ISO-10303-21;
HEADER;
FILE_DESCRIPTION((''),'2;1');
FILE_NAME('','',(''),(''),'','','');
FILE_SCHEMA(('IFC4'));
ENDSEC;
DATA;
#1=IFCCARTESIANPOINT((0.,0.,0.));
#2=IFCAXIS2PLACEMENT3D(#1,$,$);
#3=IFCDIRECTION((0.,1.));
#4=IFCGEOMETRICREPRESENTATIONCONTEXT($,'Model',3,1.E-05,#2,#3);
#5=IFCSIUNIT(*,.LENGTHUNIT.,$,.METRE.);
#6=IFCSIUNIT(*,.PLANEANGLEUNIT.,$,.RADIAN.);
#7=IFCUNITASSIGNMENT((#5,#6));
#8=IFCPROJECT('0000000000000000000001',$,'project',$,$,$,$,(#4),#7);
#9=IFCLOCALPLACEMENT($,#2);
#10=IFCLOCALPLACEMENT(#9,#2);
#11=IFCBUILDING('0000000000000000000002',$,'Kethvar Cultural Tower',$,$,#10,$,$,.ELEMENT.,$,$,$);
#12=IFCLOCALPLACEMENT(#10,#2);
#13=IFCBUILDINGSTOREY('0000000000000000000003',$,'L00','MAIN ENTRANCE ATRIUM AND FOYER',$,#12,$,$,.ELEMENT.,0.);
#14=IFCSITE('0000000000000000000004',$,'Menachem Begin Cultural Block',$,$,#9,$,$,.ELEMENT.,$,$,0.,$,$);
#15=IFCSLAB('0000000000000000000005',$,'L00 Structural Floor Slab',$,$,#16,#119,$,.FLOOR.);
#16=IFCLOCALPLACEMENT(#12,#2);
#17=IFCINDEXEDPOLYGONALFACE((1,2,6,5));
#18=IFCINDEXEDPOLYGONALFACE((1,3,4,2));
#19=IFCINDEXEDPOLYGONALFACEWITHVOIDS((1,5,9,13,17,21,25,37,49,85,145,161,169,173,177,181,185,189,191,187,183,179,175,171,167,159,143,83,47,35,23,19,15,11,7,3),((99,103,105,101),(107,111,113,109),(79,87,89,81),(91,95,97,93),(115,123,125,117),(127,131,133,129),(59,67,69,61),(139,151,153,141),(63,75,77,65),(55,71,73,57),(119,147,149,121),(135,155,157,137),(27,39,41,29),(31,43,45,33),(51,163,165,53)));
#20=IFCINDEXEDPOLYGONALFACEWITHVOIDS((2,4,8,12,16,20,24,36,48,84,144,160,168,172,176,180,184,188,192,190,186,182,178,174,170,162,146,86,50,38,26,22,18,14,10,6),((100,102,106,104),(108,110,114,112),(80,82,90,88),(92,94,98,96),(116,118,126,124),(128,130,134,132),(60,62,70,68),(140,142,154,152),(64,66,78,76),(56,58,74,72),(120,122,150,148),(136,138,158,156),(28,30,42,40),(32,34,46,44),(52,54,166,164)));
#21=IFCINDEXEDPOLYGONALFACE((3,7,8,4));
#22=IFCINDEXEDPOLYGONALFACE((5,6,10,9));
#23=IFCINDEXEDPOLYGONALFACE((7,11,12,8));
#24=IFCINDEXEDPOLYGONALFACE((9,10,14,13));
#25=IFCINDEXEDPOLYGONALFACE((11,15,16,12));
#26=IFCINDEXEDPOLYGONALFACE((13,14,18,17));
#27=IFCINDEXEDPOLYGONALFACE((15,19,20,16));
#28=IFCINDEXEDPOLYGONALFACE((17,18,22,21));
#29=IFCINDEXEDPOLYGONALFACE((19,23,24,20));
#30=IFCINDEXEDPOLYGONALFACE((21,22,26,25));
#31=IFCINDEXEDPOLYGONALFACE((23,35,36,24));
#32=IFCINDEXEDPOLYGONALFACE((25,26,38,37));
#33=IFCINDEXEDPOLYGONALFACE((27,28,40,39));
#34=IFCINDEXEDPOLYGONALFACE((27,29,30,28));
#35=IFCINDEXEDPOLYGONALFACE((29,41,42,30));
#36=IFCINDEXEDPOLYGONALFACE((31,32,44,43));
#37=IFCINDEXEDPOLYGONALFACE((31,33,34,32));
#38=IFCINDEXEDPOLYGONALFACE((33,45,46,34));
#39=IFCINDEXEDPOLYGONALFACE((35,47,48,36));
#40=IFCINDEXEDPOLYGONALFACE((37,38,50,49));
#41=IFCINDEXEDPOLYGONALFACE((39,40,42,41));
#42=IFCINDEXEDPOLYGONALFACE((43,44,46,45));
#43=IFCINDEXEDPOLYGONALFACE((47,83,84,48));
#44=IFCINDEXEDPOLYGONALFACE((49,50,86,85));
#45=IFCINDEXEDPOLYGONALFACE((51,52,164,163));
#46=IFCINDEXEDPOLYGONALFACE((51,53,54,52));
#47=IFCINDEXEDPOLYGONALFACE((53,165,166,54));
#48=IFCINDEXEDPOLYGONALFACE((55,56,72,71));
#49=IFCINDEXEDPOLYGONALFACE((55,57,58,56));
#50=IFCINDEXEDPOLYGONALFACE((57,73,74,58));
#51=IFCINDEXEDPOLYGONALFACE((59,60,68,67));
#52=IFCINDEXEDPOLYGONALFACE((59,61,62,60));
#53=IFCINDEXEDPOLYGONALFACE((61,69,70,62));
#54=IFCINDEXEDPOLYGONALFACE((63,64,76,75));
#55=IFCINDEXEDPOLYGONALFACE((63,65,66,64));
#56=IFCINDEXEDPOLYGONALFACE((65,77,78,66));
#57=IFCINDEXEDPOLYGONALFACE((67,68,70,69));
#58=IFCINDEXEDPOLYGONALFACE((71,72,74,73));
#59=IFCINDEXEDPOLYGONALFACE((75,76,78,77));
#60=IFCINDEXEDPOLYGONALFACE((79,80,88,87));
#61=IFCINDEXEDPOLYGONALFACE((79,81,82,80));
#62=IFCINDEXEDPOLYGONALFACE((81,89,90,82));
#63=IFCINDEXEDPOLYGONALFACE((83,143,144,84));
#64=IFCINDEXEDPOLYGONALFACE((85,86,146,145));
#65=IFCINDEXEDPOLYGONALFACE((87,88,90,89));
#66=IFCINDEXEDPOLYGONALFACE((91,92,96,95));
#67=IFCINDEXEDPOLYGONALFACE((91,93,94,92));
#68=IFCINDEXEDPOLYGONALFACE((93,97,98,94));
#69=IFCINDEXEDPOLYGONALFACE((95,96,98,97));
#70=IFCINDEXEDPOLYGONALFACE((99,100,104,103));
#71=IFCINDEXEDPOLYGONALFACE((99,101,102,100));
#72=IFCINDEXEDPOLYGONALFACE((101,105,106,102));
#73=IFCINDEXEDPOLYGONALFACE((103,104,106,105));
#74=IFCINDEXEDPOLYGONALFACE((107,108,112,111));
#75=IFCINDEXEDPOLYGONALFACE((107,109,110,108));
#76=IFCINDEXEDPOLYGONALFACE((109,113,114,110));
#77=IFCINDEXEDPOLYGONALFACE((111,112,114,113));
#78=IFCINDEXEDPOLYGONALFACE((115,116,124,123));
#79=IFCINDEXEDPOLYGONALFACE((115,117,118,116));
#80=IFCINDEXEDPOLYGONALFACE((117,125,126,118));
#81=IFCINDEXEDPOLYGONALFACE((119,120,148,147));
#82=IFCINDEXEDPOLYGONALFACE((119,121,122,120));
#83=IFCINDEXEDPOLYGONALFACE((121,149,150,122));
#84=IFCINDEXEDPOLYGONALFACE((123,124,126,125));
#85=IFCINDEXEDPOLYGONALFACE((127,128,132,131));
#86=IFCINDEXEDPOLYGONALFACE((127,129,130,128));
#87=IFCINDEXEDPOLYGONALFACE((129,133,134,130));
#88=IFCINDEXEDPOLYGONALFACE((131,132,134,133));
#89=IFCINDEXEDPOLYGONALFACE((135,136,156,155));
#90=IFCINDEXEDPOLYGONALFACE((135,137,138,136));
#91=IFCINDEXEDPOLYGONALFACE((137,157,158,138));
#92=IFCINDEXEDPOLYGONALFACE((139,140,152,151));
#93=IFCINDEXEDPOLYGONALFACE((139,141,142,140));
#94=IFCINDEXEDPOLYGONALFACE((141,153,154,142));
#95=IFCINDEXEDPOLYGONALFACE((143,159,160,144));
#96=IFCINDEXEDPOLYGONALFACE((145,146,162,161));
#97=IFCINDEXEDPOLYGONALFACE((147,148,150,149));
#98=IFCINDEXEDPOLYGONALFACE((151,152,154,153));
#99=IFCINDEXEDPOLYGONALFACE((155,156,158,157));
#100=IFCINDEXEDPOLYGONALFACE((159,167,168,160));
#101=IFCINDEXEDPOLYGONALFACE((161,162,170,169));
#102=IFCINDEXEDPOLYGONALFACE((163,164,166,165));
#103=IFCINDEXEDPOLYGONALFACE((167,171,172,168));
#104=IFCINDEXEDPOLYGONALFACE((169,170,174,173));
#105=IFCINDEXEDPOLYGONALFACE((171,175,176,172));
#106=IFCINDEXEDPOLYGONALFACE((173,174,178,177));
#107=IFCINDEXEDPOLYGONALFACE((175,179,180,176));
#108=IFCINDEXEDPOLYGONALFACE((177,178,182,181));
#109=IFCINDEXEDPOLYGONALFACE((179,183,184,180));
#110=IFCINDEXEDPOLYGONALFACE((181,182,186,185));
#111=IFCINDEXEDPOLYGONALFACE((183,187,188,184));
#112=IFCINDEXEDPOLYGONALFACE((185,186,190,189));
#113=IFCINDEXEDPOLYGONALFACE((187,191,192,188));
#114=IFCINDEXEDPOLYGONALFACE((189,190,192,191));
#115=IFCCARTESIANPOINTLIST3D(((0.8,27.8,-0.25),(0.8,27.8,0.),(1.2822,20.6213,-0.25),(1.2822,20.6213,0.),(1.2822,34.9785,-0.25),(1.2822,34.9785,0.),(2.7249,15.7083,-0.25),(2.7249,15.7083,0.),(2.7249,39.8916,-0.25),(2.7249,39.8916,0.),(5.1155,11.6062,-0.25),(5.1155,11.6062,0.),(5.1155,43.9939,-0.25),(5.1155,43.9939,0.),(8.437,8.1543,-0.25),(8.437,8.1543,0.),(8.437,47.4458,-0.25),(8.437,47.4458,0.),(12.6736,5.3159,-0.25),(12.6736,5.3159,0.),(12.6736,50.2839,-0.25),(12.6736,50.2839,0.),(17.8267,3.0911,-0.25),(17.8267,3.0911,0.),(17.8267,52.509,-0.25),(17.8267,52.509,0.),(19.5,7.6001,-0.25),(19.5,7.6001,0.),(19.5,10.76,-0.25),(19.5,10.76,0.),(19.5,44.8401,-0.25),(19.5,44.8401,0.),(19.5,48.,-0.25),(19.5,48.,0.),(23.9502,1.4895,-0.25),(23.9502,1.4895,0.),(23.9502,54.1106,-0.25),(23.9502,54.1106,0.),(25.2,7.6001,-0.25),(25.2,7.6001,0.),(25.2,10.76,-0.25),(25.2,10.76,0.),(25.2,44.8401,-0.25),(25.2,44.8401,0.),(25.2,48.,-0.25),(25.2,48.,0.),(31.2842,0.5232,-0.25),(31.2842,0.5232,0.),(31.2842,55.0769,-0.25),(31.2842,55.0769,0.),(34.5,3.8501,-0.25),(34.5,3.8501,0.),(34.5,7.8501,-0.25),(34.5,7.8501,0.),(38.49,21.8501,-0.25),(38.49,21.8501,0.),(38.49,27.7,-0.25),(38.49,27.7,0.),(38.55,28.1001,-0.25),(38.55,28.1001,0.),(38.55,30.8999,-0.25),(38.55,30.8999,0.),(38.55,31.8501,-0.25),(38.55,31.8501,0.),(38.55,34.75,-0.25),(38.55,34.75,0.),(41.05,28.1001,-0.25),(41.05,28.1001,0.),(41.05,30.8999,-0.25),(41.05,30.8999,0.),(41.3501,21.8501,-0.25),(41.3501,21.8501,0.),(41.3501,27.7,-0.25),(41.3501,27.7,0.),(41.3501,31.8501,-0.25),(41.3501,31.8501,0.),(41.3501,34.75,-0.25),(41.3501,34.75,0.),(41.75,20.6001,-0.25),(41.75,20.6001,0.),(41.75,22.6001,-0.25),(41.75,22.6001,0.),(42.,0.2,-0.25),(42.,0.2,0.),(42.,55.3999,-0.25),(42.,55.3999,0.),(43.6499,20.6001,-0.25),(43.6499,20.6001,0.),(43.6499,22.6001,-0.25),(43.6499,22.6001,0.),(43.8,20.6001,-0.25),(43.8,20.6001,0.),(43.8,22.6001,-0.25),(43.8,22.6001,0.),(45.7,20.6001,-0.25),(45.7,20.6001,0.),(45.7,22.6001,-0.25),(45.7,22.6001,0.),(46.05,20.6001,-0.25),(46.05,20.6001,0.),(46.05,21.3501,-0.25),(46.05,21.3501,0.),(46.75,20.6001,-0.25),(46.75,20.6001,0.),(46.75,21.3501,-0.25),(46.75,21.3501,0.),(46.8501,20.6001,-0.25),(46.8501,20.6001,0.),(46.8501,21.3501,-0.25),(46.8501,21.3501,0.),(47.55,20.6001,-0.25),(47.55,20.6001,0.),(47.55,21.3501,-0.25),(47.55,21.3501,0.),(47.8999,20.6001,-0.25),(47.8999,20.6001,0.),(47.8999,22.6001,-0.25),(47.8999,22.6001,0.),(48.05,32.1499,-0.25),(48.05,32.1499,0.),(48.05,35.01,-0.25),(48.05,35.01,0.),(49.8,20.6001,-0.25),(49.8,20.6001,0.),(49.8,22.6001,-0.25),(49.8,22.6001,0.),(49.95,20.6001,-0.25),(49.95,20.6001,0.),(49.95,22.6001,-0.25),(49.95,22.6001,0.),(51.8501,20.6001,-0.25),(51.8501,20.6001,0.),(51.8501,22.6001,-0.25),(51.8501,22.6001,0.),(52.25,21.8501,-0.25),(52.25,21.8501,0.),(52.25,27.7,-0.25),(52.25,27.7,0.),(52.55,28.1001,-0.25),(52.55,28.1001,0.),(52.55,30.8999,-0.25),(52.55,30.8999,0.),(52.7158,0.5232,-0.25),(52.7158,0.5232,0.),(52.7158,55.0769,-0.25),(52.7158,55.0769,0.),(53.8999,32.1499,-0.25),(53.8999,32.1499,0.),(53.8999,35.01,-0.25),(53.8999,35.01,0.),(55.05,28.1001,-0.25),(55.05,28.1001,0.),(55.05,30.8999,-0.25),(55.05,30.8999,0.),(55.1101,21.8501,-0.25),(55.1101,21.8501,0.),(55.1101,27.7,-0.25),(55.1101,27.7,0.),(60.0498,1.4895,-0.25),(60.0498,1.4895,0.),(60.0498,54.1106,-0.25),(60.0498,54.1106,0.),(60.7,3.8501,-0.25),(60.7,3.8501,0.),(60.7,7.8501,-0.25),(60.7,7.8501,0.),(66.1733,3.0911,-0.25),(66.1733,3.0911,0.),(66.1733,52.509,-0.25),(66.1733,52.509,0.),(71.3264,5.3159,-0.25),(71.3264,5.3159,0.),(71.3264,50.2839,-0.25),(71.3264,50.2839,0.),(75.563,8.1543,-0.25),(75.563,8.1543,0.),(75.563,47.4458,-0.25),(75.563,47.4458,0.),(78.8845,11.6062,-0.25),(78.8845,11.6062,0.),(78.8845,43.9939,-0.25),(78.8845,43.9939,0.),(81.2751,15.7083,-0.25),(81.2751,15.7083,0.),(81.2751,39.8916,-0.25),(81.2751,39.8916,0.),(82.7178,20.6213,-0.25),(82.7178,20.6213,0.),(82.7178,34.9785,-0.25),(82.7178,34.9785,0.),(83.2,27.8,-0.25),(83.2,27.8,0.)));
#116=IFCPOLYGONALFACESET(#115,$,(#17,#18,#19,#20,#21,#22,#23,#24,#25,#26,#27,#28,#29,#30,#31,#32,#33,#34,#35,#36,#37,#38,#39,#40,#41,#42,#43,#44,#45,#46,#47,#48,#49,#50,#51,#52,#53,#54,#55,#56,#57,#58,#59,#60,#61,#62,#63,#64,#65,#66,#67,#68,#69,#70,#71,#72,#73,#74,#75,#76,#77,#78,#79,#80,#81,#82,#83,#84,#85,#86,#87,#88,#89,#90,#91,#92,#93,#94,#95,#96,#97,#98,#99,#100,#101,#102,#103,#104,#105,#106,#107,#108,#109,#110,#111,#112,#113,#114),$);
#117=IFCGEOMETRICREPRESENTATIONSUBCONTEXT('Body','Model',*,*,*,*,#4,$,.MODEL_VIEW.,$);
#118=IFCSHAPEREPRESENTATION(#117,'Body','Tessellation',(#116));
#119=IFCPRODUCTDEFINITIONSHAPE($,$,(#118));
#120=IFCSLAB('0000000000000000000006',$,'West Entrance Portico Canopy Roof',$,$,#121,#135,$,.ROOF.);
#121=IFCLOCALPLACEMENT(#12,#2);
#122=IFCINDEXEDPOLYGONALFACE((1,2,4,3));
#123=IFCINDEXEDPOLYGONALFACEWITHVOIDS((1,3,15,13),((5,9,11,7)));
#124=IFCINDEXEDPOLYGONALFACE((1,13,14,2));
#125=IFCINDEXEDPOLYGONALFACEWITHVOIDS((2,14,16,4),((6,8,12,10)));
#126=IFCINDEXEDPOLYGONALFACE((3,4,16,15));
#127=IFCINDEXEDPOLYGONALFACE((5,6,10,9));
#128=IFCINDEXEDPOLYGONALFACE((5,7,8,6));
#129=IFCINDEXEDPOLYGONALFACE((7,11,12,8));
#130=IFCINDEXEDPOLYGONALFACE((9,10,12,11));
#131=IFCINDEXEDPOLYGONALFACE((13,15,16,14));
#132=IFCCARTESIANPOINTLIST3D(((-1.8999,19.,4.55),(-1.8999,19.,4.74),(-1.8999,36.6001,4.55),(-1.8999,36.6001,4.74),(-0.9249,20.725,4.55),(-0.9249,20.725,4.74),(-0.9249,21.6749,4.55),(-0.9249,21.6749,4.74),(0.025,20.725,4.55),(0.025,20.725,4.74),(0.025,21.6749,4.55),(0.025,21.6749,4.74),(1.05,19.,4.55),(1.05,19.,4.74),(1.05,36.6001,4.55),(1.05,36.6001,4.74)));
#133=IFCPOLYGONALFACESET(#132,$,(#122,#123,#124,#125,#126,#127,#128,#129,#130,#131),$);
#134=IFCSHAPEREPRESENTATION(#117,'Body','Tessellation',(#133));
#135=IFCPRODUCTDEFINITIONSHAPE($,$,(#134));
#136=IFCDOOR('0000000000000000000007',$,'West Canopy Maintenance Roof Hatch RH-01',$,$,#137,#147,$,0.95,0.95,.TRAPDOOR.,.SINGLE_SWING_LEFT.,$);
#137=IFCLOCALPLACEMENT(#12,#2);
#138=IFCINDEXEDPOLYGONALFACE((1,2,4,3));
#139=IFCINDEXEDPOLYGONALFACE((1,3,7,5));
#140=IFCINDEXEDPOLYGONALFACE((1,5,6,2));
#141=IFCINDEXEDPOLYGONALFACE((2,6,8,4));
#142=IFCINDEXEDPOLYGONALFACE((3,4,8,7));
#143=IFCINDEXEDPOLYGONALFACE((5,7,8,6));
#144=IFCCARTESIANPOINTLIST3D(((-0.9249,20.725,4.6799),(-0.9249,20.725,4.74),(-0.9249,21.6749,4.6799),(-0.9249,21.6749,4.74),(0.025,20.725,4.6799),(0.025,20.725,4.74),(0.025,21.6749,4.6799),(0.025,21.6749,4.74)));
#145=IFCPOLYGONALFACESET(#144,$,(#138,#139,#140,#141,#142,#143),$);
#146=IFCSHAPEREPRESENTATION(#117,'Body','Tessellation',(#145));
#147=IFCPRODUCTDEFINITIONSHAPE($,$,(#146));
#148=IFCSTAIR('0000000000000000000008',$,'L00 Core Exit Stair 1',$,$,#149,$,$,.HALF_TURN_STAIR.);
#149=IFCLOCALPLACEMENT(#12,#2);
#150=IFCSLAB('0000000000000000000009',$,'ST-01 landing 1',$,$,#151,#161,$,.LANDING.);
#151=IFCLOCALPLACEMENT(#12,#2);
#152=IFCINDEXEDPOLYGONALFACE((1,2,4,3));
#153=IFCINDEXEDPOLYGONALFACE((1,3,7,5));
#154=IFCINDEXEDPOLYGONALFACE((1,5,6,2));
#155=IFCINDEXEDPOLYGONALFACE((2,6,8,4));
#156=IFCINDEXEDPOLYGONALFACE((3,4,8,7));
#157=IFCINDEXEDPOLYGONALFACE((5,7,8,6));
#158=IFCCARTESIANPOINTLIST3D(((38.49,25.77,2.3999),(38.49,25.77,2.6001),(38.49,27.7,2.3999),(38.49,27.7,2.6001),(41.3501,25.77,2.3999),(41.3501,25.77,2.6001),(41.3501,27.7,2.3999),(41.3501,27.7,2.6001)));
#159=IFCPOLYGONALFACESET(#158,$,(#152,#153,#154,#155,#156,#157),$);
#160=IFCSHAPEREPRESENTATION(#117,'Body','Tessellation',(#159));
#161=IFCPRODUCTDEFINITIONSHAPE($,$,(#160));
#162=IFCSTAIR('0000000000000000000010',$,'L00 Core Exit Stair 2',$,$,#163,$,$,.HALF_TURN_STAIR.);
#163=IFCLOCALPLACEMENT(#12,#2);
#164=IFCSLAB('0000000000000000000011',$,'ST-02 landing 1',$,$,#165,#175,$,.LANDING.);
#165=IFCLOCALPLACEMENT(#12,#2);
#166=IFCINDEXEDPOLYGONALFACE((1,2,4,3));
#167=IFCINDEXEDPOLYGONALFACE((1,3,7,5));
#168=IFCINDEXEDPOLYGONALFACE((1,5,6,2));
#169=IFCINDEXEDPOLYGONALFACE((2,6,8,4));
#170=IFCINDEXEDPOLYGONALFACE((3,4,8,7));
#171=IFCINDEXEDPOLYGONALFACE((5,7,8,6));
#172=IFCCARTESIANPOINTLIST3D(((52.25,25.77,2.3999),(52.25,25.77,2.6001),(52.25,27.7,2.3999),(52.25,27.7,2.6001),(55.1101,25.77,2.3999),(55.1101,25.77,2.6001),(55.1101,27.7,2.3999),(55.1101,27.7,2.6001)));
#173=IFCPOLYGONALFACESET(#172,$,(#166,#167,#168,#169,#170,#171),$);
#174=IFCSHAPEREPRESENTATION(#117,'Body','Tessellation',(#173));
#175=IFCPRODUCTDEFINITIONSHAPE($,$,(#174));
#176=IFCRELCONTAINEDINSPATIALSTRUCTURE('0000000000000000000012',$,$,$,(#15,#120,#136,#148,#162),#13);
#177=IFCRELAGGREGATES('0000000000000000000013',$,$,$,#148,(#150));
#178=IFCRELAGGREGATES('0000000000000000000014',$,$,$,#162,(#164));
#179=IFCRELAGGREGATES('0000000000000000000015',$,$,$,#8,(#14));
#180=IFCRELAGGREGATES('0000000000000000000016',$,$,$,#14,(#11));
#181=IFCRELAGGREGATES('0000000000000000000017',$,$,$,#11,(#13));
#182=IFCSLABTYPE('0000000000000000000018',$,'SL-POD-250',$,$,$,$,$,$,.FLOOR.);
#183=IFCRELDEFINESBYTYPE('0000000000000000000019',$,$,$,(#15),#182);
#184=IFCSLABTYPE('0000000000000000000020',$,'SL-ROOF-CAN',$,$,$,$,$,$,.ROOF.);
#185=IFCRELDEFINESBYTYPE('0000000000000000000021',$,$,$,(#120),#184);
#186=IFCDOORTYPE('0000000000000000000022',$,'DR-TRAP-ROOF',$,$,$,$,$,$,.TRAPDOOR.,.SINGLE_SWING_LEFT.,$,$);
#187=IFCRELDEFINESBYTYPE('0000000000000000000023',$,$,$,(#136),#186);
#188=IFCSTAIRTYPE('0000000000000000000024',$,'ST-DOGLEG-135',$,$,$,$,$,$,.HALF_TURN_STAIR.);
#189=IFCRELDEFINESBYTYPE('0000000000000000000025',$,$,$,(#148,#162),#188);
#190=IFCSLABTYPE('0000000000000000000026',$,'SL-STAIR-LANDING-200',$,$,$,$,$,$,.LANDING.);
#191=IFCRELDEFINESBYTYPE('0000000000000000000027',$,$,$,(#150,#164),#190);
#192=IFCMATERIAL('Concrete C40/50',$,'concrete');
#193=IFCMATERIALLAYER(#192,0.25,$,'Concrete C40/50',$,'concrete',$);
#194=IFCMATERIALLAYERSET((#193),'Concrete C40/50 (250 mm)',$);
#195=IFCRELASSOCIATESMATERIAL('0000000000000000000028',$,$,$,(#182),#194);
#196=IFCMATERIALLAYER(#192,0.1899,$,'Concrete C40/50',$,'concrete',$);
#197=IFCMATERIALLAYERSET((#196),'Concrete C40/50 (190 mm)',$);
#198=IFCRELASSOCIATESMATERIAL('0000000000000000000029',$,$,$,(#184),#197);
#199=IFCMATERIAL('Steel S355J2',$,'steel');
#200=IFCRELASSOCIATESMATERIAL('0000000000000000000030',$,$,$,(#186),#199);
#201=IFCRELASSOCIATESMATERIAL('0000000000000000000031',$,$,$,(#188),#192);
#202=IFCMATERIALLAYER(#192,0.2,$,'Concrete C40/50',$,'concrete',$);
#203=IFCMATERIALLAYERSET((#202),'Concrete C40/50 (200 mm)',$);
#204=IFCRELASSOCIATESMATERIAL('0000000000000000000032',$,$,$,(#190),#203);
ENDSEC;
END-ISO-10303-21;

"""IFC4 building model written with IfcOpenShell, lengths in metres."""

from ifc_helpers import new_model, si_unit, direction, frame, origin, origin_2d, place, context, subcontext, project, spatial, polyline, rectangle, outline, extrude, material, layer, layer_set, type_object, element, fill, aggregate, save


model = new_model("IFC4")

# Units and contexts
model_context = context("Model", 3, precision=1e-05, world=origin(), true_north=direction((0.0, 1.0)))
body_context = subcontext(model_context, "Body", "Model", "MODEL_VIEW")
ifc_project = project(units=[si_unit("LENGTHUNIT", "METRE"), si_unit("PLANEANGLEUNIT", "RADIAN")], contexts=[model_context])

# Site, building, storey
site_placement = place(None, origin())
site = spatial("IfcSite", under=ifc_project, at=site_placement, Name="Menachem Begin Cultural Block", CompositionType="ELEMENT", RefElevation=0.0)
building_placement = place(site_placement, origin())
building = spatial("IfcBuilding", under=site, at=building_placement, Name="Kethvar Cultural Tower", CompositionType="ELEMENT")
storey_placement = place(building_placement, origin())
storey = spatial("IfcBuildingStorey", under=building, at=storey_placement, Name="L00", Description="MAIN ENTRANCE ATRIUM AND FOYER", CompositionType="ELEMENT", Elevation=0.0)

# Slab
ifc_material_1 = material(Name="Concrete C40/50", Category="concrete")
ifc_layer_1 = layer(ifc_material_1, 0.25, Name="Concrete C40/50", Category="concrete")
ifc_layer_set_1 = layer_set([ifc_layer_1], Name="Concrete C40/50 (250 mm)")
slab_type_1 = type_object("IfcSlabType", Name="SL-POD-250", PredefinedType="FLOOR", material=ifc_layer_set_1)
slab_1_placement = place(storey_placement, frame((0.0, 0.0, -0.25)))
element("IfcSlab", 1, at=slab_1_placement, inside=storey, type_object=slab_type_1, Name="L00 Structural Floor Slab", PredefinedType="FLOOR", context=body_context, shape_type="SweptSolid", body=[
    extrude(outline(polyline([(83.2, 27.8), (82.7178, 34.9785), (81.2751, 39.8916), (78.8845, 43.9939), (75.563, 47.4458), (71.3264, 50.2839), (66.1733, 52.509), (60.0498, 54.1106), (52.7158, 55.0769), (42.0, 55.3999), (31.2842, 55.0769), (23.9502, 54.1106), (17.8267, 52.509), (12.6736, 50.2839), (8.437, 47.4458), (5.1155, 43.9939), (2.7249, 39.8916), (1.2822, 34.9785), (0.8, 27.8), (1.2822, 20.6213), (2.7249, 15.7083), (5.1155, 11.6062), (8.437, 8.1543), (12.6736, 5.3159), (17.8267, 3.0911), (23.9502, 1.4895), (31.2842, 0.5232), (42.0, 0.2), (52.7158, 0.5232), (60.0498, 1.4895), (66.1733, 3.0911), (71.3264, 5.3159), (75.563, 8.1543), (78.8845, 11.6062), (81.2751, 15.7083), (82.7178, 20.6213), (83.2, 27.8)]), holes=[polyline([(38.49, 21.8501), (38.49, 27.7), (41.3501, 27.7), (41.3501, 21.8501), (38.49, 21.8501)]), polyline([(52.25, 21.8501), (52.25, 27.7), (55.1101, 27.7), (55.1101, 21.8501), (52.25, 21.8501)]), polyline([(53.8999, 32.1499), (48.05, 32.1499), (48.05, 35.01), (53.8999, 35.01), (53.8999, 32.1499)]), polyline([(19.5, 10.76), (25.2, 10.76), (25.2, 7.6001), (19.5, 7.6001), (19.5, 10.76)]), polyline([(19.5, 48.0), (25.2, 48.0), (25.2, 44.8401), (19.5, 44.8401), (19.5, 48.0)]), polyline([(41.75, 22.6001), (43.6499, 22.6001), (43.6499, 20.6001), (41.75, 20.6001), (41.75, 22.6001)]), polyline([(43.8, 22.6001), (45.7, 22.6001), (45.7, 20.6001), (43.8, 20.6001), (43.8, 22.6001)]), polyline([(47.8999, 22.6001), (49.8, 22.6001), (49.8, 20.6001), (47.8999, 20.6001), (47.8999, 22.6001)]), polyline([(49.95, 22.6001), (51.8501, 22.6001), (51.8501, 20.6001), (49.95, 20.6001), (49.95, 22.6001)]), polyline([(38.55, 30.8999), (41.05, 30.8999), (41.05, 28.1001), (38.55, 28.1001), (38.55, 30.8999)]), polyline([(52.55, 30.8999), (55.05, 30.8999), (55.05, 28.1001), (52.55, 28.1001), (52.55, 30.8999)]), polyline([(38.55, 34.75), (41.3501, 34.75), (41.3501, 31.8501), (38.55, 31.8501), (38.55, 34.75)]), polyline([(46.05, 21.3501), (46.75, 21.3501), (46.75, 20.6001), (46.05, 20.6001), (46.05, 21.3501)]), polyline([(46.8501, 21.3501), (47.55, 21.3501), (47.55, 20.6001), (46.8501, 20.6001), (46.8501, 21.3501)]), polyline([(34.5, 7.8501), (60.7, 7.8501), (60.7, 3.8501), (34.5, 3.8501), (34.5, 7.8501)])]), origin(), (0.0, 0.0, 1.0), 0.25),
])

# Slab, opening, door
ifc_layer_2 = layer(ifc_material_1, 0.1899, Name="Concrete C40/50", Category="concrete")
ifc_layer_set_2 = layer_set([ifc_layer_2], Name="Concrete C40/50 (190 mm)")
slab_type_2 = type_object("IfcSlabType", Name="SL-ROOF-CAN", PredefinedType="ROOF", material=ifc_layer_set_2)
slab_2_placement = place(storey_placement, frame((0.0, 0.0, 4.55)))
slab_2 = element("IfcSlab", 2, at=slab_2_placement, inside=storey, type_object=slab_type_2, Name="West Entrance Portico Canopy Roof", PredefinedType="ROOF", context=body_context, shape_type="SweptSolid", body=[
    extrude(outline(polyline([(-1.8999, 19.0), (1.05, 19.0), (1.05, 36.6001), (-1.8999, 36.6001), (-1.8999, 19.0)])), origin(), (0.0, 0.0, 1.0), 0.1899),
])
opening_1_placement = place(slab_2_placement, frame((-0.45, 21.2, -0.01)))
opening_1 = element("IfcOpeningElement", 3, at=opening_1_placement, cuts=slab_2, PredefinedType="OPENING", context=body_context, shape_type="SweptSolid", body=[
    extrude(rectangle(XDim=0.95, YDim=0.95, at=origin_2d()), origin(), (0.0, 0.0, 1.0), 0.21),
])
ifc_material_2 = material(Name="Steel S355J2", Category="steel")
door_type_1 = type_object("IfcDoorType", Name="DR-TRAP-ROOF", OperationType="SINGLE_SWING_LEFT", PredefinedType="TRAPDOOR", material=ifc_material_2)
door_1_placement = place(slab_2_placement, frame((-0.45, 21.2, 0.1299)))
door_1 = element("IfcDoor", 4, at=door_1_placement, inside=storey, type_object=door_type_1, Name="West Canopy Maintenance Roof Hatch RH-01", OperationType="SINGLE_SWING_LEFT", OverallHeight=0.95, OverallWidth=0.95, PredefinedType="TRAPDOOR", context=body_context, shape_type="SweptSolid", body=[
    extrude(rectangle(XDim=0.95, YDim=0.95, at=origin_2d()), origin(), (0.0, 0.0, 1.0), 0.0601),
])
fill(opening_1, door_1)

# Stairs, slabs
stair_type_1 = type_object("IfcStairType", Name="ST-DOGLEG-135", PredefinedType="HALF_TURN_STAIR", material=ifc_material_1)
stair_1_placement = place(storey_placement, origin())
stair_1 = element("IfcStair", 5, at=stair_1_placement, inside=storey, type_object=stair_type_1, Name="L00 Core Exit Stair 1", PredefinedType="HALF_TURN_STAIR")
ifc_layer_3 = layer(ifc_material_1, 0.2, Name="Concrete C40/50", Category="concrete")
ifc_layer_set_3 = layer_set([ifc_layer_3], Name="Concrete C40/50 (200 mm)")
slab_type_3 = type_object("IfcSlabType", Name="SL-STAIR-LANDING-200", PredefinedType="LANDING", material=ifc_layer_set_3)
slab_3_placement = place(storey_placement, frame((0.0, 0.0, 2.3999)))
slab_3 = element("IfcSlab", 6, at=slab_3_placement, type_object=slab_type_3, Name="ST-01 landing 1", PredefinedType="LANDING", context=body_context, shape_type="SweptSolid", body=[
    extrude(outline(polyline([(41.3501, 25.77), (41.3501, 27.7), (38.49, 27.7), (38.49, 25.77), (41.3501, 25.77)])), origin(), (0.0, 0.0, 1.0), 0.2002),
])
aggregate(stair_1, [slab_3])
stair_2_placement = place(storey_placement, origin())
stair_2 = element("IfcStair", 7, at=stair_2_placement, inside=storey, type_object=stair_type_1, Name="L00 Core Exit Stair 2", PredefinedType="HALF_TURN_STAIR")
slab_4_placement = place(storey_placement, frame((0.0, 0.0, 2.3999)))
slab_4 = element("IfcSlab", 8, at=slab_4_placement, type_object=slab_type_3, Name="ST-02 landing 1", PredefinedType="LANDING", context=body_context, shape_type="SweptSolid", body=[
    extrude(outline(polyline([(55.1101, 25.77), (55.1101, 27.7), (52.25, 27.7), (52.25, 25.77), (55.1101, 25.77)])), origin(), (0.0, 0.0, 1.0), 0.2002),
])
aggregate(stair_2, [slab_4])

save(model, "model.ifc")
